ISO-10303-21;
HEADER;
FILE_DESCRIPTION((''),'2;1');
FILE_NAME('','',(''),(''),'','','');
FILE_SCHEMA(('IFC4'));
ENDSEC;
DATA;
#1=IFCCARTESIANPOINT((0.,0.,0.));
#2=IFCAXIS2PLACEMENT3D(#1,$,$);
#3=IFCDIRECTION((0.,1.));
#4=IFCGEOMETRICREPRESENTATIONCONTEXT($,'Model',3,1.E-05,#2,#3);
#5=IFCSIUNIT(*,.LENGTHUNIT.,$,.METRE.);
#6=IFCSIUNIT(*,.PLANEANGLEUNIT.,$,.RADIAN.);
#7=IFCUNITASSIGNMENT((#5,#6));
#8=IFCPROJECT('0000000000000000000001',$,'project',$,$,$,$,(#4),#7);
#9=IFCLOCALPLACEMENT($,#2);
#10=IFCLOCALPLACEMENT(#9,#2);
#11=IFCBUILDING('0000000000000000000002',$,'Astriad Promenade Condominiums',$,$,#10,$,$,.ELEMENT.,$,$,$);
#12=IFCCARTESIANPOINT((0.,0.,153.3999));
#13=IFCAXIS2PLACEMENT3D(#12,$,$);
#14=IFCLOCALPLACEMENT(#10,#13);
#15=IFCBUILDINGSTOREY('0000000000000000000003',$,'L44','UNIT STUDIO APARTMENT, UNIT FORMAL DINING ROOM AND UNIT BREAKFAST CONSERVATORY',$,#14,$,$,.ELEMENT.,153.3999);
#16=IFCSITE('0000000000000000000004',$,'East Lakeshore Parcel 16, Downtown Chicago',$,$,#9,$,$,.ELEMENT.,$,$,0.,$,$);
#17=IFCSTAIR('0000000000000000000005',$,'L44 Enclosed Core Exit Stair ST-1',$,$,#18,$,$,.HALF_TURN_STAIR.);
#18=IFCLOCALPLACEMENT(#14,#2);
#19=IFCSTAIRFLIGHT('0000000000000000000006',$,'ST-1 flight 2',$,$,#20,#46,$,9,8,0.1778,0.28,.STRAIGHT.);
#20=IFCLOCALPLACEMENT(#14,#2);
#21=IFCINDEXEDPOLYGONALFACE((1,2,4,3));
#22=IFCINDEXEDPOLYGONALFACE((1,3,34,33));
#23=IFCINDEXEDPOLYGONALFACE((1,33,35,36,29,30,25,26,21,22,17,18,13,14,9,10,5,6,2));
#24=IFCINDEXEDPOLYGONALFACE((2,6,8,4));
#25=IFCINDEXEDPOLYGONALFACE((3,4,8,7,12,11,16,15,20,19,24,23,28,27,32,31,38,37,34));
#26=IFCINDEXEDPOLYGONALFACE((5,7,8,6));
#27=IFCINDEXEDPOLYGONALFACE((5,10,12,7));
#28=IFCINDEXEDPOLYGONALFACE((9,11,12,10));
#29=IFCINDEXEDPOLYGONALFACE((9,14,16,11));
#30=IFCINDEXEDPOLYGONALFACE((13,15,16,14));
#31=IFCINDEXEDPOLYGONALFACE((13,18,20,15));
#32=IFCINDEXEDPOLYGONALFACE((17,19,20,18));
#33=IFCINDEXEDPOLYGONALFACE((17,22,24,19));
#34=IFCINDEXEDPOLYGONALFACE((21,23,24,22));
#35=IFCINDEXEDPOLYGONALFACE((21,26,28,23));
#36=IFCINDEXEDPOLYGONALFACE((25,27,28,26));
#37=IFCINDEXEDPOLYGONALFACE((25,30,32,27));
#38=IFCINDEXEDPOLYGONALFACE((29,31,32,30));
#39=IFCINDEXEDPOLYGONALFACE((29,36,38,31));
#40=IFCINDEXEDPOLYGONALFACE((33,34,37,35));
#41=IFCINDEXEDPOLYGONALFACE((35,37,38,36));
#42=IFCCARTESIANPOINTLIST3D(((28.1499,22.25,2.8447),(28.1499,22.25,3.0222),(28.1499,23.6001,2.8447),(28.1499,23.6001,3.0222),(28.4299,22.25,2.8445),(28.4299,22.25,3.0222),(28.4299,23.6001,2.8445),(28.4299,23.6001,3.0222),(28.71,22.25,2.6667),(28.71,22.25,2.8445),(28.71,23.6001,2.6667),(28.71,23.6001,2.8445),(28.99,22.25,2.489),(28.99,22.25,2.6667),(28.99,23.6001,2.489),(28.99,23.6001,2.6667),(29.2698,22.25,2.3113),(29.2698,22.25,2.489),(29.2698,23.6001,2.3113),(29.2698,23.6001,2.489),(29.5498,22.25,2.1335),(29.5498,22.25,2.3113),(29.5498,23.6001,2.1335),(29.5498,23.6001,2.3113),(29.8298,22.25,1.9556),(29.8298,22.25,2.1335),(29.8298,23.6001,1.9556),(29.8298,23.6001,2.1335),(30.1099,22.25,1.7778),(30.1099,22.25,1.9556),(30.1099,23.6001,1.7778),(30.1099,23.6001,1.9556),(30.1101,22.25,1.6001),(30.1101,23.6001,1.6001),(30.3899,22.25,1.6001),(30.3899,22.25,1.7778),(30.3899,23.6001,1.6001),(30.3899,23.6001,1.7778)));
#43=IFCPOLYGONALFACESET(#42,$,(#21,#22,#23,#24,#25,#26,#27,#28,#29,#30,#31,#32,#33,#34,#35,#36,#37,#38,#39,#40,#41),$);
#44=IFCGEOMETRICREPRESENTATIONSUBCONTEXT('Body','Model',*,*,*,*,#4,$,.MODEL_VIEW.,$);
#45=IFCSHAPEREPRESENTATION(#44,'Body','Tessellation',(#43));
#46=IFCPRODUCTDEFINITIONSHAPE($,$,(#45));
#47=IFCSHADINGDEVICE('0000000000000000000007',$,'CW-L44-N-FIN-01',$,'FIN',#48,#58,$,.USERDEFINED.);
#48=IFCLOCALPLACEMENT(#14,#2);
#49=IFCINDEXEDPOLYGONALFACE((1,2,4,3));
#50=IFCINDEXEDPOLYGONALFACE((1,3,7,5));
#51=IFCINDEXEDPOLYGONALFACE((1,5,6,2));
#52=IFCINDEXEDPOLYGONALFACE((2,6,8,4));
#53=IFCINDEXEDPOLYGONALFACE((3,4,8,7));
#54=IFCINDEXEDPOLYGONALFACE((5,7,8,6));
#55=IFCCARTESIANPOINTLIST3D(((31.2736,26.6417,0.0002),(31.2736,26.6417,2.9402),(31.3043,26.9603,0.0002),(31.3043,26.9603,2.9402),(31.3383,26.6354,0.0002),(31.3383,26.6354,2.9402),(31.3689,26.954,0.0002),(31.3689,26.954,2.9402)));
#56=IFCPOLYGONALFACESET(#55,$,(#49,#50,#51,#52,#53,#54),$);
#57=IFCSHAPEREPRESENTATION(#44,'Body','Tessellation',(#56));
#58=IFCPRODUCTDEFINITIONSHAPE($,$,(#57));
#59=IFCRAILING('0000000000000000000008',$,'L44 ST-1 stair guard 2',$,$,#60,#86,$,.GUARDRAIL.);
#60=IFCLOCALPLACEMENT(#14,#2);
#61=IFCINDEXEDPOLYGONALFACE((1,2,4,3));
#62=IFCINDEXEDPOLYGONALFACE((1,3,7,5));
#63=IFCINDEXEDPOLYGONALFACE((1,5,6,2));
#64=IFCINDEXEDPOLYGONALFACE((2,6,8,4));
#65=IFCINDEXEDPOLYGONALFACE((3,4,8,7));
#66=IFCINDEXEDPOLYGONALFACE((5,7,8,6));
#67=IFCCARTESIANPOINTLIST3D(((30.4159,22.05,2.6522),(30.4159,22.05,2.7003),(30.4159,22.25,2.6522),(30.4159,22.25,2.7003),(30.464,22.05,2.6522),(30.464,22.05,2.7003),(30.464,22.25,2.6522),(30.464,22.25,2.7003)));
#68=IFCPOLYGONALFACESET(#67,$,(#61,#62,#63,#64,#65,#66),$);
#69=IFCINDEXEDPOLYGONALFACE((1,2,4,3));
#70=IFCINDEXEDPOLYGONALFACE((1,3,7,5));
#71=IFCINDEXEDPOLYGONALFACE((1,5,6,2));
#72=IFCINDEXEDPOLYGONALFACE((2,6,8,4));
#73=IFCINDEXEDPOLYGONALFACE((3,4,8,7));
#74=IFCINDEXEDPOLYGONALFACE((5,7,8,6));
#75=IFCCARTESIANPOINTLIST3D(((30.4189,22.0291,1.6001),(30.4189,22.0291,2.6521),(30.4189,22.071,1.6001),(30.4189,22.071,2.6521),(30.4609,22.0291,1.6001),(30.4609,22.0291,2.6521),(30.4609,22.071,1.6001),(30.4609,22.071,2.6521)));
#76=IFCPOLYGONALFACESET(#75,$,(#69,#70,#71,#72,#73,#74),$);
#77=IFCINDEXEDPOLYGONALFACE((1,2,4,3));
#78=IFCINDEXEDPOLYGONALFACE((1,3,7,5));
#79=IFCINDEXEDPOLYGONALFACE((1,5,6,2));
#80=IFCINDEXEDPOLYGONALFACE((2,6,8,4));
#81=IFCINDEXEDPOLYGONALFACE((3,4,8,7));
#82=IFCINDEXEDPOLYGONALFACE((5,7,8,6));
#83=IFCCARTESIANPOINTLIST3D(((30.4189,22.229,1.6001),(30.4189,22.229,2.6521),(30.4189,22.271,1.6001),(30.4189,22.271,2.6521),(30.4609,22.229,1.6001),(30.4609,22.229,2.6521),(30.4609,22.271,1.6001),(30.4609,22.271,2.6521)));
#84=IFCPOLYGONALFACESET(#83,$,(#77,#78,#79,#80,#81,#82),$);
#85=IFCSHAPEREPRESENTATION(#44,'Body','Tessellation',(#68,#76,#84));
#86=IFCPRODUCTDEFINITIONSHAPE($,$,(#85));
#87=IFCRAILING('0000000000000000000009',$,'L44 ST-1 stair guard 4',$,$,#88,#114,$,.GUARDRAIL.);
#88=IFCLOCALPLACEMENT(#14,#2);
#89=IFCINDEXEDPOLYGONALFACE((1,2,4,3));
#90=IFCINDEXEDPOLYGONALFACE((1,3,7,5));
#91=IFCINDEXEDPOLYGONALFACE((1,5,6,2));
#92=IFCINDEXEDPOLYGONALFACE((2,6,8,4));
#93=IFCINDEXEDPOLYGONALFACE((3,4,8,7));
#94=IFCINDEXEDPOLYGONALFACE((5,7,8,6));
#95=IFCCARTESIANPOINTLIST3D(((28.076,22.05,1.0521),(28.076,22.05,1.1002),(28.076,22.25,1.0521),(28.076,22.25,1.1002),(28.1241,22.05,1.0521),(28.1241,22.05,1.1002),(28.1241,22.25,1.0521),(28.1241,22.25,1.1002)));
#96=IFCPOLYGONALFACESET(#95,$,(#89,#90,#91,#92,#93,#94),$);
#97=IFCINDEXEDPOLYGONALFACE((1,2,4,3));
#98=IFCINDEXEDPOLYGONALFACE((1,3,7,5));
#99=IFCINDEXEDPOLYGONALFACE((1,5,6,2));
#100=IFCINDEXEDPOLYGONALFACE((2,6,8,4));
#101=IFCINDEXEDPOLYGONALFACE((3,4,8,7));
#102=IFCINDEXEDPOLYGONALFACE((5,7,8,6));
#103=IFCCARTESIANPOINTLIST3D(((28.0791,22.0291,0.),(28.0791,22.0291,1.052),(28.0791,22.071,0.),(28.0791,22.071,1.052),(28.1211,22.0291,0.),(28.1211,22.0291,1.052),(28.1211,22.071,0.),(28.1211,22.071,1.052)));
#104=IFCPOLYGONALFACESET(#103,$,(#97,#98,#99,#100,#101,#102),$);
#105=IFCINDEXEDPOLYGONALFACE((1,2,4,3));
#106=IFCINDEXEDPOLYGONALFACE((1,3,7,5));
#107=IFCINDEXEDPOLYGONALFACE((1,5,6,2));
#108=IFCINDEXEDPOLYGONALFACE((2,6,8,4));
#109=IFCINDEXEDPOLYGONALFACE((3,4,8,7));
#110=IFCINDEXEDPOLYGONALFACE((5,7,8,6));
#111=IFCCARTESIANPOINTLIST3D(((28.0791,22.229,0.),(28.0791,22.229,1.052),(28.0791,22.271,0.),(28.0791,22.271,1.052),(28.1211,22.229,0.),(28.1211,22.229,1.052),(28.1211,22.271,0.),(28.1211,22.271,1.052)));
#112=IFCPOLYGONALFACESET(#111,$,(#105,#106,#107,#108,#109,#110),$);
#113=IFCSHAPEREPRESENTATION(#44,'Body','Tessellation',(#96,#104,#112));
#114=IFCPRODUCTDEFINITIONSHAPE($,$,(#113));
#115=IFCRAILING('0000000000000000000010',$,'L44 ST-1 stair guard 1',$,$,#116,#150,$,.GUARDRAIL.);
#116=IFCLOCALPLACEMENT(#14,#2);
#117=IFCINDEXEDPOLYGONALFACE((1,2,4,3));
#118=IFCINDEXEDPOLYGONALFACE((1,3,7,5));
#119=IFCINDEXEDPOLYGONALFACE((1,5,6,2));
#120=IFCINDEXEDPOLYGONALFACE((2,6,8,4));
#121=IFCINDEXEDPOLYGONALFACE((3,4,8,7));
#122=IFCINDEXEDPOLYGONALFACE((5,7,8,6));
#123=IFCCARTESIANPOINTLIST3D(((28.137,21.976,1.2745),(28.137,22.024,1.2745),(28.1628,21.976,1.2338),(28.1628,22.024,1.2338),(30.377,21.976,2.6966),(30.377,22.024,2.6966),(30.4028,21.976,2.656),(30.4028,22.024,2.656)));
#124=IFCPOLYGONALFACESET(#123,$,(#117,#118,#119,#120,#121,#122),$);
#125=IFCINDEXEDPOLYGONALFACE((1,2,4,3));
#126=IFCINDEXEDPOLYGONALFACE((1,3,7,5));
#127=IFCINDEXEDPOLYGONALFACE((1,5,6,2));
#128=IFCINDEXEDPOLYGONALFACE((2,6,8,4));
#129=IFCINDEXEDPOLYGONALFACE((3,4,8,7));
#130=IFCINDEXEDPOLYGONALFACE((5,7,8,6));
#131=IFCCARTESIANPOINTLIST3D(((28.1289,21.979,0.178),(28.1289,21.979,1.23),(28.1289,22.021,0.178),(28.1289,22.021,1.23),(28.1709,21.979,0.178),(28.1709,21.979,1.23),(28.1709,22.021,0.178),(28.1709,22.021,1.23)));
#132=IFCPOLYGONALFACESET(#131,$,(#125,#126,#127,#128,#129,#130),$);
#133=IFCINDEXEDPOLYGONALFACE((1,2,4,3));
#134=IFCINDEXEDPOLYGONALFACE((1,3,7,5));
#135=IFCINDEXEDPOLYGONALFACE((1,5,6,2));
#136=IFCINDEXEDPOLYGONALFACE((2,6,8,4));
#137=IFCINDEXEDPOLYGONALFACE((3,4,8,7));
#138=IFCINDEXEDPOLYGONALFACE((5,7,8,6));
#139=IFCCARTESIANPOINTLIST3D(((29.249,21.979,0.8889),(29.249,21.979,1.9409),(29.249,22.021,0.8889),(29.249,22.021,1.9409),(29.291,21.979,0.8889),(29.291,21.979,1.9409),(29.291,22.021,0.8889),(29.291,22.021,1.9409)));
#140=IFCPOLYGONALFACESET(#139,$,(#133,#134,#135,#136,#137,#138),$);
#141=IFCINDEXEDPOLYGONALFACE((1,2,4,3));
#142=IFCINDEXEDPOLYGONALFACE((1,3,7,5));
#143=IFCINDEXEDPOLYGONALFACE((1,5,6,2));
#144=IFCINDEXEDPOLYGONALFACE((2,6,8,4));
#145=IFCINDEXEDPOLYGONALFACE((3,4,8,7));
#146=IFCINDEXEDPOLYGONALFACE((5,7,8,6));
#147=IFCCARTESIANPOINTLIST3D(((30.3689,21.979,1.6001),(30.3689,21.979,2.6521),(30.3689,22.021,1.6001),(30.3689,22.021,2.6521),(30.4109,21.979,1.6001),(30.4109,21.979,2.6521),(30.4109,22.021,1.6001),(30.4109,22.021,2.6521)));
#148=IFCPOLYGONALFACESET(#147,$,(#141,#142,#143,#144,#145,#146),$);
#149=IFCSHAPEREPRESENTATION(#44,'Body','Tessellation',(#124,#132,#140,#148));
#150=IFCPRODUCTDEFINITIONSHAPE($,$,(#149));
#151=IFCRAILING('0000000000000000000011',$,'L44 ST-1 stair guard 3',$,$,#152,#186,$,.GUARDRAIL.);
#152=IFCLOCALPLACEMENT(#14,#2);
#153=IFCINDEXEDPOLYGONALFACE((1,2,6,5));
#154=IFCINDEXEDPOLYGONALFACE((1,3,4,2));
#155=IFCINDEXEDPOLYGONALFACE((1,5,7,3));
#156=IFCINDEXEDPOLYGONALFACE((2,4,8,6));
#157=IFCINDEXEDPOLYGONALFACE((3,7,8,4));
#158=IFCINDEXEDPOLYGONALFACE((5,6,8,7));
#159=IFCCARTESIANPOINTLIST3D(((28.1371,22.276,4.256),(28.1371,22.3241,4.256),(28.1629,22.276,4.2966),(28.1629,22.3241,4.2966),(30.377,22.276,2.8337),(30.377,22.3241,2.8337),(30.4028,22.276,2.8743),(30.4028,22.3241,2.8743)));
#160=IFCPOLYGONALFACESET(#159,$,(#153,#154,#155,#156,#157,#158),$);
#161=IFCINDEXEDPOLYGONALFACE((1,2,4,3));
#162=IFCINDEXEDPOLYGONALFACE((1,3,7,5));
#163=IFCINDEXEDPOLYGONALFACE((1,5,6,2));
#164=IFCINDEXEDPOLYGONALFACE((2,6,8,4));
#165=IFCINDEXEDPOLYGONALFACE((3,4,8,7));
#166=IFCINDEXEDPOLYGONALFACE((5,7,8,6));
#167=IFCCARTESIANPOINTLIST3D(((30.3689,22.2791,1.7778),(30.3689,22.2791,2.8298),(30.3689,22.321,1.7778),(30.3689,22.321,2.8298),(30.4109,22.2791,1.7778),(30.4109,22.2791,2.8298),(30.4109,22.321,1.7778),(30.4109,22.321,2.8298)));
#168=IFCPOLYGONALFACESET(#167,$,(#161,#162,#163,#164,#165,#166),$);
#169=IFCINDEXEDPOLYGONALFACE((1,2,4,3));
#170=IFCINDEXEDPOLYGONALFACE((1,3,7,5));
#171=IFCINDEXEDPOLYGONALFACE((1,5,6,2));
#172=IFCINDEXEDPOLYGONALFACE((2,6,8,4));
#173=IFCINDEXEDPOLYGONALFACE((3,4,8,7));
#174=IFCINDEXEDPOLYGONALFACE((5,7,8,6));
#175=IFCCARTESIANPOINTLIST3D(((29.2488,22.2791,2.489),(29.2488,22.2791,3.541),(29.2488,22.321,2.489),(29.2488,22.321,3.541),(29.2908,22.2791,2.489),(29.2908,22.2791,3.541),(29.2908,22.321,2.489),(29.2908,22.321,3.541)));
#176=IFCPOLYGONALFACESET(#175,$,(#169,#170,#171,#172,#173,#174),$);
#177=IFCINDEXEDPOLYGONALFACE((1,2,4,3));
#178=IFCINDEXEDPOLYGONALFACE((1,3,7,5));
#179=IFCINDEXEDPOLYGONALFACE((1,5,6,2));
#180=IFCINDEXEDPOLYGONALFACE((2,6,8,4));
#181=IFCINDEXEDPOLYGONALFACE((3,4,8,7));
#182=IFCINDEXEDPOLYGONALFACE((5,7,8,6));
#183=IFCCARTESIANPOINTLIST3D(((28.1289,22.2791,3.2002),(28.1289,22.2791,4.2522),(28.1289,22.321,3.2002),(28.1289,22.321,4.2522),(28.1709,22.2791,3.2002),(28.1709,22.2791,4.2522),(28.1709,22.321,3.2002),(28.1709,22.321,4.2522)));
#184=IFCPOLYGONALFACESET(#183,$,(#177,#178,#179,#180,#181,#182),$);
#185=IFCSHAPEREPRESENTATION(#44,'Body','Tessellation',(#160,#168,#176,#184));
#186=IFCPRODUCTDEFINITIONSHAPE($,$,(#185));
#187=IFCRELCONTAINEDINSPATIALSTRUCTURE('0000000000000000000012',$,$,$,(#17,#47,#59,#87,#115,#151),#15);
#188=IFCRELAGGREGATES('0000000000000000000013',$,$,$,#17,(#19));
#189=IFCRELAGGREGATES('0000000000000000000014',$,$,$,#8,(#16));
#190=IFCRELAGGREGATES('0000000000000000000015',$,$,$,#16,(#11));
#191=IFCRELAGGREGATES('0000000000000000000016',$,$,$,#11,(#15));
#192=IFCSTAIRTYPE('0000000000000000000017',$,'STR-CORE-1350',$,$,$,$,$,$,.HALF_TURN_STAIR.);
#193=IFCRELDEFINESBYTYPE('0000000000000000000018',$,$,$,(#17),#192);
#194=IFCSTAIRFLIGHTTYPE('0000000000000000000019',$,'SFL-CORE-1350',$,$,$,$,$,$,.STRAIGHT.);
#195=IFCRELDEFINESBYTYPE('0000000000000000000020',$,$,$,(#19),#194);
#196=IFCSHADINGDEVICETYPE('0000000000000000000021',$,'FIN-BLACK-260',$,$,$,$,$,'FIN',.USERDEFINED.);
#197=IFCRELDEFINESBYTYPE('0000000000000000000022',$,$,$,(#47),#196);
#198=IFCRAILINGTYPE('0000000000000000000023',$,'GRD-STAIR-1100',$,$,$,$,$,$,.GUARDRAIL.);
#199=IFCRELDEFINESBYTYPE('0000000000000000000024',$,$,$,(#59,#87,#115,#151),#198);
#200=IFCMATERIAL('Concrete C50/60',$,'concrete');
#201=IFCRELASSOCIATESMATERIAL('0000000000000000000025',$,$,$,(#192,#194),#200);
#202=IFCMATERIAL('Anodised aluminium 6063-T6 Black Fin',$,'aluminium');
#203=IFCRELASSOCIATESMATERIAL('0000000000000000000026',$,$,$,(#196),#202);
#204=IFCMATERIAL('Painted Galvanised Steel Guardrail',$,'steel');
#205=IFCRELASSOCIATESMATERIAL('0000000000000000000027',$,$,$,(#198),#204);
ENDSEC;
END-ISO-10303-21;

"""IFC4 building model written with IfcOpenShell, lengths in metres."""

from ifc_helpers import new_model, si_unit, direction, frame, origin, origin_2d, place, context, subcontext, project, spatial, polyline, rectangle, outline, extrude, source, transform, mapped, material, type_object, type_shapes, element, aggregate, save


model = new_model("IFC4")

# Units and contexts
model_context = context("Model", 3, precision=1e-05, world=origin(), true_north=direction((0.0, 1.0)))
body_context = subcontext(model_context, "Body", "Model", "MODEL_VIEW")
ifc_project = project(units=[si_unit("LENGTHUNIT", "METRE"), si_unit("PLANEANGLEUNIT", "RADIAN")], contexts=[model_context])

# Site, building, storey
site_placement = place(None, origin())
site = spatial("IfcSite", under=ifc_project, at=site_placement, Name="East Lakeshore Parcel 16, Downtown Chicago", CompositionType="ELEMENT", RefElevation=0.0)
building_placement = place(site_placement, origin())
building = spatial("IfcBuilding", under=site, at=building_placement, Name="Astriad Promenade Condominiums", CompositionType="ELEMENT")
storey_placement = place(building_placement, frame((0.0, 0.0, 153.3999)))
storey = spatial("IfcBuildingStorey", under=building, at=storey_placement, Name="L44", Description="UNIT STUDIO APARTMENT, UNIT FORMAL DINING ROOM AND UNIT BREAKFAST CONSERVATORY", CompositionType="ELEMENT", Elevation=153.3999)

# Shared definitions
ifc_material_1 = material(Name="Concrete C50/60", Category="concrete")

# Stair, stair flight
stair_type = type_object("IfcStairType", Name="STR-CORE-1350", PredefinedType="HALF_TURN_STAIR", material=ifc_material_1)
stair_placement = place(storey_placement, origin())
stair = element("IfcStair", 1, at=stair_placement, inside=storey, type_object=stair_type, Name="L44 Enclosed Core Exit Stair ST-1", PredefinedType="HALF_TURN_STAIR")
stair_flight_type = type_object("IfcStairFlightType", Name="SFL-CORE-1350", PredefinedType="STRAIGHT", material=ifc_material_1)
shared_shape_1 = source(origin(), body_context, "Body", "SweptSolid", [
    extrude(outline(polyline([(0.0, 0.0), (0.0, 0.1777), (0.28, 0.1777), (0.28, 0.3555), (0.5601, 0.3555), (0.5601, 0.5334), (0.8401, 0.5334), (0.8401, 0.7112), (1.1201, 0.7112), (1.1201, 0.8889), (1.3999, 0.8889), (1.3999, 1.0667), (1.6799, 1.0667), (1.6799, 1.2444), (1.96, 1.2444), (1.96, 1.4221), (2.24, 1.4221), (2.24, 1.6001), (2.24, 1.2446), (0.2798, 0.0), (0.0, 0.0)])), frame((0.0, 0.675, 0.0), z_axis=(0.0, -1.0, 0.0), x_axis=(1.0, 0.0, 0.0)), (0.0, 0.0, 1.0), 1.3501),
])
type_shapes(stair_flight_type, [shared_shape_1])
stair_flight_1_placement = place(storey_placement, frame((30.3899, 22.925, 1.6001), z_axis=(0.0, 0.0, 1.0), x_axis=(-1.0, 0.0, 0.0)))
stair_flight_1 = element("IfcStairFlight", 2, at=stair_flight_1_placement, type_object=stair_flight_type, Name="ST-1 flight 2", NumberOfRisers=9, NumberOfTreads=8, PredefinedType="STRAIGHT", RiserHeight=0.1778, TreadLength=0.28, context=body_context, shape_type="MappedRepresentation", body=[
    mapped(shared_shape_1, transform((0.0, 0.0, 0.0), scale=1.0)),
])
aggregate(stair, [stair_flight_1])

# Shading device
ifc_material_2 = material(Name="Anodised aluminium 6063-T6 Black Fin", Category="aluminium")
shading_device_type = type_object("IfcShadingDeviceType", Name="FIN-BLACK-260", ElementType="FIN", PredefinedType="USERDEFINED", material=ifc_material_2)
shared_shape_2 = source(origin(), body_context, "Body", "SweptSolid", [
    extrude(rectangle(XDim=0.0649, YDim=0.3201, at=origin_2d()), origin(), (0.0, 0.0, 1.0), 2.9399),
])
type_shapes(shading_device_type, [shared_shape_2])
shading_device_placement = place(storey_placement, frame((31.3213, 26.7979, 0.0002), z_axis=(0.0, 0.0, 1.0), x_axis=(0.995396, -0.095846, 0.0)))
element("IfcShadingDevice", 3, at=shading_device_placement, inside=storey, type_object=shading_device_type, Name="CW-L44-N-FIN-01", ObjectType="FIN", PredefinedType="USERDEFINED", context=body_context, shape_type="MappedRepresentation", body=[
    mapped(shared_shape_2, transform((0.0, 0.0, 0.0), scale=1.0)),
])

# Railings
ifc_material_3 = material(Name="Painted Galvanised Steel Guardrail", Category="steel")
railing_type_1 = type_object("IfcRailingType", Name="GRD-STAIR-1100", PredefinedType="GUARDRAIL", material=ifc_material_3)
shared_shape_3 = source(origin(), body_context, "Body", "SweptSolid", [
    extrude(rectangle(XDim=0.0481, YDim=0.0481, at=origin_2d()), frame((0.0, 0.0, 1.0762), z_axis=(0.0, 1.0, 0.0), x_axis=(-1.0, 0.0, 0.0)), (0.0, 0.0, 1.0), 0.2),
    extrude(rectangle(XDim=0.042, YDim=0.042, at=origin_2d()), origin(), (0.0, 0.0, 1.0), 1.052),
    extrude(rectangle(XDim=0.042, YDim=0.042, at=origin_2d()), frame((0.0, 0.2, 0.0)), (0.0, 0.0, 1.0), 1.052),
])
for number, where, name in (
    (4, (30.4399, 22.05, 1.6001), "L44 ST-1 stair guard 2"),
    (5, (28.1001, 22.05, 0.0), "L44 ST-1 stair guard 4"),
):
    element("IfcRailing", number, at=place(storey_placement, frame(where)), inside=storey, type_object=railing_type_1, Name=name, PredefinedType="GUARDRAIL", context=body_context, shape_type="MappedRepresentation", body=[
        mapped(shared_shape_3, transform((0.0, 0.0, 0.0), scale=1.0)),
    ])
shared_shape_4 = source(origin(), body_context, "Body", "SweptSolid", [
    extrude(rectangle(XDim=0.0481, YDim=0.0481, at=origin_2d()), frame((0.0, 0.0, 1.0762), z_axis=(0.844229, 0.0, 0.535982), x_axis=(0.0, 1.0, 0.0)), (0.0, 0.0, 1.0), 2.6533),
    extrude(rectangle(XDim=0.042, YDim=0.042, at=origin_2d()), origin(), (0.0, 0.0, 1.0), 1.052),
    extrude(rectangle(XDim=0.042, YDim=0.042, at=origin_2d()), frame((1.1201, 0.0, 0.7109)), (0.0, 0.0, 1.0), 1.052),
    extrude(rectangle(XDim=0.042, YDim=0.042, at=origin_2d()), frame((2.24, 0.0, 1.4221)), (0.0, 0.0, 1.0), 1.052),
])
railing_1_placement = place(storey_placement, frame((28.1499, 22.0, 0.178)))
element("IfcRailing", 6, at=railing_1_placement, inside=storey, type_object=railing_type_1, Name="L44 ST-1 stair guard 1", PredefinedType="GUARDRAIL", context=body_context, shape_type="MappedRepresentation", body=[
    mapped(shared_shape_4, transform((0.0, 0.0, 0.0), scale=1.0)),
])
shared_shape_5 = source(origin(), body_context, "Body", "SweptSolid", [
    extrude(rectangle(XDim=0.0481, YDim=0.0481, at=origin_2d()), frame((0.0, 0.0, 1.0762), z_axis=(-0.844188, 0.0, 0.536048), x_axis=(0.0, -1.0, 0.0)), (0.0, 0.0, 1.0), 2.6533),
    extrude(rectangle(XDim=0.042, YDim=0.042, at=origin_2d()), origin(), (0.0, 0.0, 1.0), 1.052),
    extrude(rectangle(XDim=0.042, YDim=0.042, at=origin_2d()), frame((-1.1201, 0.0, 0.7112)), (0.0, 0.0, 1.0), 1.052),
    extrude(rectangle(XDim=0.042, YDim=0.042, at=origin_2d()), frame((-2.24, 0.0, 1.4224)), (0.0, 0.0, 1.0), 1.052),
])
type_shapes(railing_type_1, [shared_shape_3, shared_shape_4, shared_shape_5])
railing_2_placement = place(storey_placement, frame((30.3899, 22.3, 1.7778)))
element("IfcRailing", 7, at=railing_2_placement, inside=storey, type_object=railing_type_1, Name="L44 ST-1 stair guard 3", PredefinedType="GUARDRAIL", context=body_context, shape_type="MappedRepresentation", body=[
    mapped(shared_shape_5, transform((0.0, 0.0, 0.0), scale=1.0)),
])

save(model, "model.ifc")
